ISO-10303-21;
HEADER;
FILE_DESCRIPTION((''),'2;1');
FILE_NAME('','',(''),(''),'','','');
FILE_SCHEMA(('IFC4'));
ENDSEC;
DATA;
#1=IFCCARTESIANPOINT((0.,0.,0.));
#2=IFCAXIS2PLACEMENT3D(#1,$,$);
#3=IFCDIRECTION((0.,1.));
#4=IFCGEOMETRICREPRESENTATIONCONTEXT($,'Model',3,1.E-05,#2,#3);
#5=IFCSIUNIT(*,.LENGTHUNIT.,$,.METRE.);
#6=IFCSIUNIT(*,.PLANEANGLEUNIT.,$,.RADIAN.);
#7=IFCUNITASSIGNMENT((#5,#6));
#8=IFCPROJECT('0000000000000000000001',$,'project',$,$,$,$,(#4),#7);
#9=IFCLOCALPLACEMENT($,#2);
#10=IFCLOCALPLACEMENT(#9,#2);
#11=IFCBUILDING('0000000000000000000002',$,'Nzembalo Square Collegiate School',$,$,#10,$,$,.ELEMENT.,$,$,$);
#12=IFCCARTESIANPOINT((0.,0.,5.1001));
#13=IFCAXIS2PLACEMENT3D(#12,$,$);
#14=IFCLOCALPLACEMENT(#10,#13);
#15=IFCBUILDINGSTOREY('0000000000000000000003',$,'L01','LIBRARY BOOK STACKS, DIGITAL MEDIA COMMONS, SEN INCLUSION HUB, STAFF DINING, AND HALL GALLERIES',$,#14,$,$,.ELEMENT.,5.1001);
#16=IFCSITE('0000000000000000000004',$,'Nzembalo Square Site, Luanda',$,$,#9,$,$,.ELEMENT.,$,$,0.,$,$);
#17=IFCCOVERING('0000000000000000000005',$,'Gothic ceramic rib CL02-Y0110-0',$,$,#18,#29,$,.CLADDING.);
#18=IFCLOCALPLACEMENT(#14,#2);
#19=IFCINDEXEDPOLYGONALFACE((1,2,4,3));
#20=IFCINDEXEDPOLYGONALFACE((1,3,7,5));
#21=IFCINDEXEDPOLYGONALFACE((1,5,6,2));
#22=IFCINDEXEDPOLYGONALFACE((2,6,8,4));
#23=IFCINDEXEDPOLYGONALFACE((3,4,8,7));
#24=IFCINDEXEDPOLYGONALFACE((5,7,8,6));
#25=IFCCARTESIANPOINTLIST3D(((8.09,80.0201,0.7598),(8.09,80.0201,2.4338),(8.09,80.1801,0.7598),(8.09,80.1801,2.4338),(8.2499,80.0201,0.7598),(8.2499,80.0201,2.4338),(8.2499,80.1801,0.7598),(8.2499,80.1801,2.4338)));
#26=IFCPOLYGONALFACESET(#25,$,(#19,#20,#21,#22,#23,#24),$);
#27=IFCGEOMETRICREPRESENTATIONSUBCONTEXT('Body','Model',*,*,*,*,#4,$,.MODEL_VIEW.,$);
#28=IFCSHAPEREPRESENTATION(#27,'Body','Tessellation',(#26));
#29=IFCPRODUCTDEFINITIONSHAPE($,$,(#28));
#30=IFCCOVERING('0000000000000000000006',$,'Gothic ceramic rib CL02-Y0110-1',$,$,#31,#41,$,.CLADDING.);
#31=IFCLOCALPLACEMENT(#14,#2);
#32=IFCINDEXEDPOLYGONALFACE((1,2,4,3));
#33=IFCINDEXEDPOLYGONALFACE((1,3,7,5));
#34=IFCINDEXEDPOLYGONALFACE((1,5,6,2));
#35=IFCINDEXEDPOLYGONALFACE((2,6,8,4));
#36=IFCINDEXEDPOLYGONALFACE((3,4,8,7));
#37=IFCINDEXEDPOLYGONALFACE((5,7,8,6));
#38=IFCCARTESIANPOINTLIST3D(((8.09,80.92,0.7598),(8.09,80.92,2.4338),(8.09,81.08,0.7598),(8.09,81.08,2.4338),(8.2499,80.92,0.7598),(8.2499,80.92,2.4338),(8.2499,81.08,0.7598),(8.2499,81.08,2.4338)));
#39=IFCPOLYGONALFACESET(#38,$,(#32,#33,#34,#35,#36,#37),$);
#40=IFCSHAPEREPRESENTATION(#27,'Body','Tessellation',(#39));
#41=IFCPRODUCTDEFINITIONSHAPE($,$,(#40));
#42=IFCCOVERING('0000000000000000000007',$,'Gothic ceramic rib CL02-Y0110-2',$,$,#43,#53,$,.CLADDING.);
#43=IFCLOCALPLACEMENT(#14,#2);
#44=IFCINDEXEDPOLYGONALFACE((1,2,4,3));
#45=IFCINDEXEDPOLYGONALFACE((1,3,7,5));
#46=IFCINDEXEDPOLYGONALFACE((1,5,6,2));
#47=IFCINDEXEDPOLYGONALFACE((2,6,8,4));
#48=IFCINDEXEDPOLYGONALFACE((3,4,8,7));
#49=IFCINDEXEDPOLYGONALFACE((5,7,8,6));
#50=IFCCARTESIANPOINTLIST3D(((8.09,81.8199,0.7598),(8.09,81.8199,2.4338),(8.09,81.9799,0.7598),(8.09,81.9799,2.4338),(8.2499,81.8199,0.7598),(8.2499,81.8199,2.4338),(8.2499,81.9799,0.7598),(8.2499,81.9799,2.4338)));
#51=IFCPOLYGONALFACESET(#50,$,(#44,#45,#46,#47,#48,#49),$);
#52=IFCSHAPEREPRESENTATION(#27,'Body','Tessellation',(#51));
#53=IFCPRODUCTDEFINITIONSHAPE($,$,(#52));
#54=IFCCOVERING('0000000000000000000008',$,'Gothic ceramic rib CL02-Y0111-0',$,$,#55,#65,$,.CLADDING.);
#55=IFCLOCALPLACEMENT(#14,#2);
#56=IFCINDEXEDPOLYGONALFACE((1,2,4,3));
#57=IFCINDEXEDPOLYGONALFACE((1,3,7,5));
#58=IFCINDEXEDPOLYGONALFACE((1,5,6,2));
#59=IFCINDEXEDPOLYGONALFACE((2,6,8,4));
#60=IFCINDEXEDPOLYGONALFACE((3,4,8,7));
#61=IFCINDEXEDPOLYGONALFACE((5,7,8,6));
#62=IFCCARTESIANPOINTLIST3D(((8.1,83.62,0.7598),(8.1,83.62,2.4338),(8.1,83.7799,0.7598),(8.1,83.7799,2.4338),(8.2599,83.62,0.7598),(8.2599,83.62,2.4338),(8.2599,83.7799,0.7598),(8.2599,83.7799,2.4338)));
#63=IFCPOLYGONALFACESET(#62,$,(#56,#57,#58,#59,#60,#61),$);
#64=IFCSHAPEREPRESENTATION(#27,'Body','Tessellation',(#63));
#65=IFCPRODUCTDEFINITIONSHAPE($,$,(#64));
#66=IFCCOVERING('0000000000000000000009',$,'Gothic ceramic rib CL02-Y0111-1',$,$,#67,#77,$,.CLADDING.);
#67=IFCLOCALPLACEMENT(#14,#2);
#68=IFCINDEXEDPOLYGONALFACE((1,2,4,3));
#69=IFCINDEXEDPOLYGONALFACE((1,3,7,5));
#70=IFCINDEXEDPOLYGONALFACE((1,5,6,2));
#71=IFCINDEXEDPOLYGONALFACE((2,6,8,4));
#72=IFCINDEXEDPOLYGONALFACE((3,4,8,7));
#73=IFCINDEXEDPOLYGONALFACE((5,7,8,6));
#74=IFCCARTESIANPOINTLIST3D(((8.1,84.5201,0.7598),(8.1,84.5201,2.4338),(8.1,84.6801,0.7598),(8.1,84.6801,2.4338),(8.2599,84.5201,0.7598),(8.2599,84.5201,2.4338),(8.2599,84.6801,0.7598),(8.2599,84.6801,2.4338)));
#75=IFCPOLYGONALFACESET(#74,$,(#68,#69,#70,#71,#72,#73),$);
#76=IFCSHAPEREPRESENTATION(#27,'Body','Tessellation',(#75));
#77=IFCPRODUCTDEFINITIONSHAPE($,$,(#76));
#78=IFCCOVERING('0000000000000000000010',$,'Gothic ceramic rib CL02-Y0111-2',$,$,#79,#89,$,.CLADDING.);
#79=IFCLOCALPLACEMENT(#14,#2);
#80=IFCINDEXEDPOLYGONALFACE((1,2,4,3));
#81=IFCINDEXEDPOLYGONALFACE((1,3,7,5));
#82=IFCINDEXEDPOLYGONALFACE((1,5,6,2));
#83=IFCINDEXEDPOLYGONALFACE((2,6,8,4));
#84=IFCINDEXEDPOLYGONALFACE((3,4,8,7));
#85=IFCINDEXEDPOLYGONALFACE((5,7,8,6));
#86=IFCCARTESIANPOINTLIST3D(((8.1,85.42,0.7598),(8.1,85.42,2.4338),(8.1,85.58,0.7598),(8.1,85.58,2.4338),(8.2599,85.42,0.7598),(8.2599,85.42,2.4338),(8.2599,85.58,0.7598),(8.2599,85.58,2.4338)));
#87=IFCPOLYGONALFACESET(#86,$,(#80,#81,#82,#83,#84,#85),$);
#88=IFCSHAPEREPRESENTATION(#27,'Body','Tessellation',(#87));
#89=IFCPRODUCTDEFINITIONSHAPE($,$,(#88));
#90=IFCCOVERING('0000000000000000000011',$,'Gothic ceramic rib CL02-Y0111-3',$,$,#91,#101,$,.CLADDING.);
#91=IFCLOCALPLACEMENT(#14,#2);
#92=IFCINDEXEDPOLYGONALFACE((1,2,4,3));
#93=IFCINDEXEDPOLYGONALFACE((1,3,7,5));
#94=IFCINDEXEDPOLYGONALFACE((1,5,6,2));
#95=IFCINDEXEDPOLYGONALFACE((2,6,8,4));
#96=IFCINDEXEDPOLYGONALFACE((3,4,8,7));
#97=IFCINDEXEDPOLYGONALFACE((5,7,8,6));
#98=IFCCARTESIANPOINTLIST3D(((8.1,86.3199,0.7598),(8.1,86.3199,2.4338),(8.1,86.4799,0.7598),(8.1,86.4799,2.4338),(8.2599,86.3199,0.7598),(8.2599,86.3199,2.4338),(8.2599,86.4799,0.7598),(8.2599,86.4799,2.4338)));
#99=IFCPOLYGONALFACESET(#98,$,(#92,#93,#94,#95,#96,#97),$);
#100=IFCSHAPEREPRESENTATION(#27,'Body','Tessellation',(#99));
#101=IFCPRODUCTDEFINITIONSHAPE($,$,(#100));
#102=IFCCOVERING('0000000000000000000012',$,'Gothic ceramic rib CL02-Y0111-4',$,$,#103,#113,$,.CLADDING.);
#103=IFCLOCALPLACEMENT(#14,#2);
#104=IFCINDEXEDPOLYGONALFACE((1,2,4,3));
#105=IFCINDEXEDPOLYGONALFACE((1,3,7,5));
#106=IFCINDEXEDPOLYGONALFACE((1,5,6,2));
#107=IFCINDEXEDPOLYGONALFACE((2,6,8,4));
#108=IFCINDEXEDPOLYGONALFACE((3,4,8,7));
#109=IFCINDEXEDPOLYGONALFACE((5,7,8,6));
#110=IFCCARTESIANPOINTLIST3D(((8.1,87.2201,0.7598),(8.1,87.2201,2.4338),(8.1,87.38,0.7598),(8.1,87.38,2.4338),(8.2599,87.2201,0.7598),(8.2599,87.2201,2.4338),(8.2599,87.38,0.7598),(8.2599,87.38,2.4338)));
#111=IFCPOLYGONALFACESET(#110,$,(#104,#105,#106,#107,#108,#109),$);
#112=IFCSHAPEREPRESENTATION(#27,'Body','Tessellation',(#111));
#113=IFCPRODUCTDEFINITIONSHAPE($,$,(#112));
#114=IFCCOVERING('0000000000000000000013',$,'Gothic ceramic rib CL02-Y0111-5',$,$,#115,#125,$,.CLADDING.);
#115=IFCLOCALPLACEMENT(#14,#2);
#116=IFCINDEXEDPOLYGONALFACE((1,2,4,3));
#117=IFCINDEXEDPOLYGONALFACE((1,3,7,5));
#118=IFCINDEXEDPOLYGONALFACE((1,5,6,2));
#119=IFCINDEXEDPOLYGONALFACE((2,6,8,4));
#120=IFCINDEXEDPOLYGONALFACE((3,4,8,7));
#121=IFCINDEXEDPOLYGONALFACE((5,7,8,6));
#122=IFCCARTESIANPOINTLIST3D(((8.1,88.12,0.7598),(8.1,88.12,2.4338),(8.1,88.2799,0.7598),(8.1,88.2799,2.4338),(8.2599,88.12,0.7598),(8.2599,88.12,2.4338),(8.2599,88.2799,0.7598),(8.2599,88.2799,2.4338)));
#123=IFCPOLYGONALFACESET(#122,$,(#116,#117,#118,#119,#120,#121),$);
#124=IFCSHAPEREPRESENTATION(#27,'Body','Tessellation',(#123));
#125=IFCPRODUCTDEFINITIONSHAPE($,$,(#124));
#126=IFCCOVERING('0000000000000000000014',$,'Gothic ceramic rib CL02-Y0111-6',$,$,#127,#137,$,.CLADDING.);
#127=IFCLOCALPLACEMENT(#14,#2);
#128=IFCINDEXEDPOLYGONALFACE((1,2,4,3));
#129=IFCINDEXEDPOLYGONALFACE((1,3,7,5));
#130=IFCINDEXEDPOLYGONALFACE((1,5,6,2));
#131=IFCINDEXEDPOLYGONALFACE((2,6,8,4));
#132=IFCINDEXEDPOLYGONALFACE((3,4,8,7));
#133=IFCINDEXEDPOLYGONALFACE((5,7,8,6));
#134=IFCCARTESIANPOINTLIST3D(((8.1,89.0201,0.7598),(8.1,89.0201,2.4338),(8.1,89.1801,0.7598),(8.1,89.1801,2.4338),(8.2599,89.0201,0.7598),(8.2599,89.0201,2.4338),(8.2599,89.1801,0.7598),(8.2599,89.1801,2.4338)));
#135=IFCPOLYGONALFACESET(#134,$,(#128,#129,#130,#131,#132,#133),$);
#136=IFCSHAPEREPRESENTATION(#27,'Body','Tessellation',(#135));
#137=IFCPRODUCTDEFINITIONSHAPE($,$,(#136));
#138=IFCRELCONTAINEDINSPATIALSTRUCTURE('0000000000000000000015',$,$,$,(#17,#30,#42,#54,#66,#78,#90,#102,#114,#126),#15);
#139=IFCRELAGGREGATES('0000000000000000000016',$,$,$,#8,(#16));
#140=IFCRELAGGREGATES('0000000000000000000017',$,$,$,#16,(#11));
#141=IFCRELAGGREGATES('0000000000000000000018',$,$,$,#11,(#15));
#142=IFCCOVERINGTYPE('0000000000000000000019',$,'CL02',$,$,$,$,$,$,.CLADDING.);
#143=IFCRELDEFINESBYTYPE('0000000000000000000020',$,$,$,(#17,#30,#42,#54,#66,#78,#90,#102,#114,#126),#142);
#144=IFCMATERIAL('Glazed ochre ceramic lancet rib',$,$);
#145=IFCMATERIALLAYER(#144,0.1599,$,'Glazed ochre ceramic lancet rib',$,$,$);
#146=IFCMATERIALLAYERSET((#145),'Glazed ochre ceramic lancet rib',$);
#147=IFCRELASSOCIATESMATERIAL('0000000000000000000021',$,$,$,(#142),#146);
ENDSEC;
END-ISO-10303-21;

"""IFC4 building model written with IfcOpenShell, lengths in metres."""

from ifc_helpers import new_model, si_unit, direction, frame, origin, origin_2d, place, context, subcontext, project, spatial, rectangle, extrude, material, layer, layer_set, type_object, element, save


model = new_model("IFC4")

# Units and contexts
model_context = context("Model", 3, precision=1e-05, world=origin(), true_north=direction((0.0, 1.0)))
body_context = subcontext(model_context, "Body", "Model", "MODEL_VIEW")
ifc_project = project(units=[si_unit("LENGTHUNIT", "METRE"), si_unit("PLANEANGLEUNIT", "RADIAN")], contexts=[model_context])

# Site, building, storey
site_placement = place(None, origin())
site = spatial("IfcSite", under=ifc_project, at=site_placement, Name="Nzembalo Square Site, Luanda", CompositionType="ELEMENT", RefElevation=0.0)
building_placement = place(site_placement, origin())
building = spatial("IfcBuilding", under=site, at=building_placement, Name="Nzembalo Square Collegiate School", CompositionType="ELEMENT")
storey_placement = place(building_placement, frame((0.0, 0.0, 5.1001)))
storey = spatial("IfcBuildingStorey", under=building, at=storey_placement, Name="L01", Description="LIBRARY BOOK STACKS, DIGITAL MEDIA COMMONS, SEN INCLUSION HUB, STAFF DINING, AND HALL GALLERIES", CompositionType="ELEMENT", Elevation=5.1001)

# Coverings
ifc_material_1 = material(Name="Glazed ochre ceramic lancet rib")
ifc_layer_1 = layer(ifc_material_1, 0.1599, Name="Glazed ochre ceramic lancet rib")
ifc_layer_set_1 = layer_set([ifc_layer_1], Name="Glazed ochre ceramic lancet rib")
covering_type_1 = type_object("IfcCoveringType", Name="CL02", PredefinedType="CLADDING", material=ifc_layer_set_1)
for number, where, z_axis, x_axis, name in (
    (1, (8.1699, 80.1001, 0.7598), (0.0, 0.0, 1.0), (1.0, 0.0, 0.0), "Gothic ceramic rib CL02-Y0110-0"),
    (2, (8.1699, 81.0, 0.7598), (0.0, 0.0, 1.0), (1.0, 0.0, 0.0), "Gothic ceramic rib CL02-Y0110-1"),
    (3, (8.1699, 81.8999, 0.7598), (0.0, 0.0, 1.0), (1.0, 0.0, 0.0), "Gothic ceramic rib CL02-Y0110-2"),
    (4, (8.1799, 83.7, 0.7598), (0.0, 0.0, 1.0), (1.0, 0.0, 0.0), "Gothic ceramic rib CL02-Y0111-0"),
    (5, (8.1799, 84.6001, 0.7598), (0.0, 0.0, 1.0), (1.0, 0.0, 0.0), "Gothic ceramic rib CL02-Y0111-1"),
    (6, (8.1799, 85.5, 0.7598), (0.0, 0.0, 1.0), (1.0, 0.0, 0.0), "Gothic ceramic rib CL02-Y0111-2"),
    (7, (8.1799, 86.3999, 0.7598), (0.0, 0.0, 1.0), (1.0, 0.0, 0.0), "Gothic ceramic rib CL02-Y0111-3"),
    (8, (8.1799, 87.3, 0.7598), (0.0, 0.0, 1.0), (1.0, 0.0, 0.0), "Gothic ceramic rib CL02-Y0111-4"),
    (9, (8.1799, 88.2, 0.7598), (0.0, 0.0, 1.0), (1.0, 0.0, 0.0), "Gothic ceramic rib CL02-Y0111-5"),
    (10, (8.1799, 89.1001, 0.7598), (0.0, 0.0, 1.0), (1.0, 0.0, 0.0), "Gothic ceramic rib CL02-Y0111-6"),
):
    element("IfcCovering", number, at=place(storey_placement, frame(where, z_axis=z_axis, x_axis=x_axis)), inside=storey, type_object=covering_type_1, Name=name, PredefinedType="CLADDING", context=body_context, shape_type="SweptSolid", body=[
        extrude(rectangle(XDim=0.1599, YDim=0.1599, at=origin_2d()), origin(), (0.0, 0.0, 1.0), 1.6741),
    ])

save(model, "model.ifc")
